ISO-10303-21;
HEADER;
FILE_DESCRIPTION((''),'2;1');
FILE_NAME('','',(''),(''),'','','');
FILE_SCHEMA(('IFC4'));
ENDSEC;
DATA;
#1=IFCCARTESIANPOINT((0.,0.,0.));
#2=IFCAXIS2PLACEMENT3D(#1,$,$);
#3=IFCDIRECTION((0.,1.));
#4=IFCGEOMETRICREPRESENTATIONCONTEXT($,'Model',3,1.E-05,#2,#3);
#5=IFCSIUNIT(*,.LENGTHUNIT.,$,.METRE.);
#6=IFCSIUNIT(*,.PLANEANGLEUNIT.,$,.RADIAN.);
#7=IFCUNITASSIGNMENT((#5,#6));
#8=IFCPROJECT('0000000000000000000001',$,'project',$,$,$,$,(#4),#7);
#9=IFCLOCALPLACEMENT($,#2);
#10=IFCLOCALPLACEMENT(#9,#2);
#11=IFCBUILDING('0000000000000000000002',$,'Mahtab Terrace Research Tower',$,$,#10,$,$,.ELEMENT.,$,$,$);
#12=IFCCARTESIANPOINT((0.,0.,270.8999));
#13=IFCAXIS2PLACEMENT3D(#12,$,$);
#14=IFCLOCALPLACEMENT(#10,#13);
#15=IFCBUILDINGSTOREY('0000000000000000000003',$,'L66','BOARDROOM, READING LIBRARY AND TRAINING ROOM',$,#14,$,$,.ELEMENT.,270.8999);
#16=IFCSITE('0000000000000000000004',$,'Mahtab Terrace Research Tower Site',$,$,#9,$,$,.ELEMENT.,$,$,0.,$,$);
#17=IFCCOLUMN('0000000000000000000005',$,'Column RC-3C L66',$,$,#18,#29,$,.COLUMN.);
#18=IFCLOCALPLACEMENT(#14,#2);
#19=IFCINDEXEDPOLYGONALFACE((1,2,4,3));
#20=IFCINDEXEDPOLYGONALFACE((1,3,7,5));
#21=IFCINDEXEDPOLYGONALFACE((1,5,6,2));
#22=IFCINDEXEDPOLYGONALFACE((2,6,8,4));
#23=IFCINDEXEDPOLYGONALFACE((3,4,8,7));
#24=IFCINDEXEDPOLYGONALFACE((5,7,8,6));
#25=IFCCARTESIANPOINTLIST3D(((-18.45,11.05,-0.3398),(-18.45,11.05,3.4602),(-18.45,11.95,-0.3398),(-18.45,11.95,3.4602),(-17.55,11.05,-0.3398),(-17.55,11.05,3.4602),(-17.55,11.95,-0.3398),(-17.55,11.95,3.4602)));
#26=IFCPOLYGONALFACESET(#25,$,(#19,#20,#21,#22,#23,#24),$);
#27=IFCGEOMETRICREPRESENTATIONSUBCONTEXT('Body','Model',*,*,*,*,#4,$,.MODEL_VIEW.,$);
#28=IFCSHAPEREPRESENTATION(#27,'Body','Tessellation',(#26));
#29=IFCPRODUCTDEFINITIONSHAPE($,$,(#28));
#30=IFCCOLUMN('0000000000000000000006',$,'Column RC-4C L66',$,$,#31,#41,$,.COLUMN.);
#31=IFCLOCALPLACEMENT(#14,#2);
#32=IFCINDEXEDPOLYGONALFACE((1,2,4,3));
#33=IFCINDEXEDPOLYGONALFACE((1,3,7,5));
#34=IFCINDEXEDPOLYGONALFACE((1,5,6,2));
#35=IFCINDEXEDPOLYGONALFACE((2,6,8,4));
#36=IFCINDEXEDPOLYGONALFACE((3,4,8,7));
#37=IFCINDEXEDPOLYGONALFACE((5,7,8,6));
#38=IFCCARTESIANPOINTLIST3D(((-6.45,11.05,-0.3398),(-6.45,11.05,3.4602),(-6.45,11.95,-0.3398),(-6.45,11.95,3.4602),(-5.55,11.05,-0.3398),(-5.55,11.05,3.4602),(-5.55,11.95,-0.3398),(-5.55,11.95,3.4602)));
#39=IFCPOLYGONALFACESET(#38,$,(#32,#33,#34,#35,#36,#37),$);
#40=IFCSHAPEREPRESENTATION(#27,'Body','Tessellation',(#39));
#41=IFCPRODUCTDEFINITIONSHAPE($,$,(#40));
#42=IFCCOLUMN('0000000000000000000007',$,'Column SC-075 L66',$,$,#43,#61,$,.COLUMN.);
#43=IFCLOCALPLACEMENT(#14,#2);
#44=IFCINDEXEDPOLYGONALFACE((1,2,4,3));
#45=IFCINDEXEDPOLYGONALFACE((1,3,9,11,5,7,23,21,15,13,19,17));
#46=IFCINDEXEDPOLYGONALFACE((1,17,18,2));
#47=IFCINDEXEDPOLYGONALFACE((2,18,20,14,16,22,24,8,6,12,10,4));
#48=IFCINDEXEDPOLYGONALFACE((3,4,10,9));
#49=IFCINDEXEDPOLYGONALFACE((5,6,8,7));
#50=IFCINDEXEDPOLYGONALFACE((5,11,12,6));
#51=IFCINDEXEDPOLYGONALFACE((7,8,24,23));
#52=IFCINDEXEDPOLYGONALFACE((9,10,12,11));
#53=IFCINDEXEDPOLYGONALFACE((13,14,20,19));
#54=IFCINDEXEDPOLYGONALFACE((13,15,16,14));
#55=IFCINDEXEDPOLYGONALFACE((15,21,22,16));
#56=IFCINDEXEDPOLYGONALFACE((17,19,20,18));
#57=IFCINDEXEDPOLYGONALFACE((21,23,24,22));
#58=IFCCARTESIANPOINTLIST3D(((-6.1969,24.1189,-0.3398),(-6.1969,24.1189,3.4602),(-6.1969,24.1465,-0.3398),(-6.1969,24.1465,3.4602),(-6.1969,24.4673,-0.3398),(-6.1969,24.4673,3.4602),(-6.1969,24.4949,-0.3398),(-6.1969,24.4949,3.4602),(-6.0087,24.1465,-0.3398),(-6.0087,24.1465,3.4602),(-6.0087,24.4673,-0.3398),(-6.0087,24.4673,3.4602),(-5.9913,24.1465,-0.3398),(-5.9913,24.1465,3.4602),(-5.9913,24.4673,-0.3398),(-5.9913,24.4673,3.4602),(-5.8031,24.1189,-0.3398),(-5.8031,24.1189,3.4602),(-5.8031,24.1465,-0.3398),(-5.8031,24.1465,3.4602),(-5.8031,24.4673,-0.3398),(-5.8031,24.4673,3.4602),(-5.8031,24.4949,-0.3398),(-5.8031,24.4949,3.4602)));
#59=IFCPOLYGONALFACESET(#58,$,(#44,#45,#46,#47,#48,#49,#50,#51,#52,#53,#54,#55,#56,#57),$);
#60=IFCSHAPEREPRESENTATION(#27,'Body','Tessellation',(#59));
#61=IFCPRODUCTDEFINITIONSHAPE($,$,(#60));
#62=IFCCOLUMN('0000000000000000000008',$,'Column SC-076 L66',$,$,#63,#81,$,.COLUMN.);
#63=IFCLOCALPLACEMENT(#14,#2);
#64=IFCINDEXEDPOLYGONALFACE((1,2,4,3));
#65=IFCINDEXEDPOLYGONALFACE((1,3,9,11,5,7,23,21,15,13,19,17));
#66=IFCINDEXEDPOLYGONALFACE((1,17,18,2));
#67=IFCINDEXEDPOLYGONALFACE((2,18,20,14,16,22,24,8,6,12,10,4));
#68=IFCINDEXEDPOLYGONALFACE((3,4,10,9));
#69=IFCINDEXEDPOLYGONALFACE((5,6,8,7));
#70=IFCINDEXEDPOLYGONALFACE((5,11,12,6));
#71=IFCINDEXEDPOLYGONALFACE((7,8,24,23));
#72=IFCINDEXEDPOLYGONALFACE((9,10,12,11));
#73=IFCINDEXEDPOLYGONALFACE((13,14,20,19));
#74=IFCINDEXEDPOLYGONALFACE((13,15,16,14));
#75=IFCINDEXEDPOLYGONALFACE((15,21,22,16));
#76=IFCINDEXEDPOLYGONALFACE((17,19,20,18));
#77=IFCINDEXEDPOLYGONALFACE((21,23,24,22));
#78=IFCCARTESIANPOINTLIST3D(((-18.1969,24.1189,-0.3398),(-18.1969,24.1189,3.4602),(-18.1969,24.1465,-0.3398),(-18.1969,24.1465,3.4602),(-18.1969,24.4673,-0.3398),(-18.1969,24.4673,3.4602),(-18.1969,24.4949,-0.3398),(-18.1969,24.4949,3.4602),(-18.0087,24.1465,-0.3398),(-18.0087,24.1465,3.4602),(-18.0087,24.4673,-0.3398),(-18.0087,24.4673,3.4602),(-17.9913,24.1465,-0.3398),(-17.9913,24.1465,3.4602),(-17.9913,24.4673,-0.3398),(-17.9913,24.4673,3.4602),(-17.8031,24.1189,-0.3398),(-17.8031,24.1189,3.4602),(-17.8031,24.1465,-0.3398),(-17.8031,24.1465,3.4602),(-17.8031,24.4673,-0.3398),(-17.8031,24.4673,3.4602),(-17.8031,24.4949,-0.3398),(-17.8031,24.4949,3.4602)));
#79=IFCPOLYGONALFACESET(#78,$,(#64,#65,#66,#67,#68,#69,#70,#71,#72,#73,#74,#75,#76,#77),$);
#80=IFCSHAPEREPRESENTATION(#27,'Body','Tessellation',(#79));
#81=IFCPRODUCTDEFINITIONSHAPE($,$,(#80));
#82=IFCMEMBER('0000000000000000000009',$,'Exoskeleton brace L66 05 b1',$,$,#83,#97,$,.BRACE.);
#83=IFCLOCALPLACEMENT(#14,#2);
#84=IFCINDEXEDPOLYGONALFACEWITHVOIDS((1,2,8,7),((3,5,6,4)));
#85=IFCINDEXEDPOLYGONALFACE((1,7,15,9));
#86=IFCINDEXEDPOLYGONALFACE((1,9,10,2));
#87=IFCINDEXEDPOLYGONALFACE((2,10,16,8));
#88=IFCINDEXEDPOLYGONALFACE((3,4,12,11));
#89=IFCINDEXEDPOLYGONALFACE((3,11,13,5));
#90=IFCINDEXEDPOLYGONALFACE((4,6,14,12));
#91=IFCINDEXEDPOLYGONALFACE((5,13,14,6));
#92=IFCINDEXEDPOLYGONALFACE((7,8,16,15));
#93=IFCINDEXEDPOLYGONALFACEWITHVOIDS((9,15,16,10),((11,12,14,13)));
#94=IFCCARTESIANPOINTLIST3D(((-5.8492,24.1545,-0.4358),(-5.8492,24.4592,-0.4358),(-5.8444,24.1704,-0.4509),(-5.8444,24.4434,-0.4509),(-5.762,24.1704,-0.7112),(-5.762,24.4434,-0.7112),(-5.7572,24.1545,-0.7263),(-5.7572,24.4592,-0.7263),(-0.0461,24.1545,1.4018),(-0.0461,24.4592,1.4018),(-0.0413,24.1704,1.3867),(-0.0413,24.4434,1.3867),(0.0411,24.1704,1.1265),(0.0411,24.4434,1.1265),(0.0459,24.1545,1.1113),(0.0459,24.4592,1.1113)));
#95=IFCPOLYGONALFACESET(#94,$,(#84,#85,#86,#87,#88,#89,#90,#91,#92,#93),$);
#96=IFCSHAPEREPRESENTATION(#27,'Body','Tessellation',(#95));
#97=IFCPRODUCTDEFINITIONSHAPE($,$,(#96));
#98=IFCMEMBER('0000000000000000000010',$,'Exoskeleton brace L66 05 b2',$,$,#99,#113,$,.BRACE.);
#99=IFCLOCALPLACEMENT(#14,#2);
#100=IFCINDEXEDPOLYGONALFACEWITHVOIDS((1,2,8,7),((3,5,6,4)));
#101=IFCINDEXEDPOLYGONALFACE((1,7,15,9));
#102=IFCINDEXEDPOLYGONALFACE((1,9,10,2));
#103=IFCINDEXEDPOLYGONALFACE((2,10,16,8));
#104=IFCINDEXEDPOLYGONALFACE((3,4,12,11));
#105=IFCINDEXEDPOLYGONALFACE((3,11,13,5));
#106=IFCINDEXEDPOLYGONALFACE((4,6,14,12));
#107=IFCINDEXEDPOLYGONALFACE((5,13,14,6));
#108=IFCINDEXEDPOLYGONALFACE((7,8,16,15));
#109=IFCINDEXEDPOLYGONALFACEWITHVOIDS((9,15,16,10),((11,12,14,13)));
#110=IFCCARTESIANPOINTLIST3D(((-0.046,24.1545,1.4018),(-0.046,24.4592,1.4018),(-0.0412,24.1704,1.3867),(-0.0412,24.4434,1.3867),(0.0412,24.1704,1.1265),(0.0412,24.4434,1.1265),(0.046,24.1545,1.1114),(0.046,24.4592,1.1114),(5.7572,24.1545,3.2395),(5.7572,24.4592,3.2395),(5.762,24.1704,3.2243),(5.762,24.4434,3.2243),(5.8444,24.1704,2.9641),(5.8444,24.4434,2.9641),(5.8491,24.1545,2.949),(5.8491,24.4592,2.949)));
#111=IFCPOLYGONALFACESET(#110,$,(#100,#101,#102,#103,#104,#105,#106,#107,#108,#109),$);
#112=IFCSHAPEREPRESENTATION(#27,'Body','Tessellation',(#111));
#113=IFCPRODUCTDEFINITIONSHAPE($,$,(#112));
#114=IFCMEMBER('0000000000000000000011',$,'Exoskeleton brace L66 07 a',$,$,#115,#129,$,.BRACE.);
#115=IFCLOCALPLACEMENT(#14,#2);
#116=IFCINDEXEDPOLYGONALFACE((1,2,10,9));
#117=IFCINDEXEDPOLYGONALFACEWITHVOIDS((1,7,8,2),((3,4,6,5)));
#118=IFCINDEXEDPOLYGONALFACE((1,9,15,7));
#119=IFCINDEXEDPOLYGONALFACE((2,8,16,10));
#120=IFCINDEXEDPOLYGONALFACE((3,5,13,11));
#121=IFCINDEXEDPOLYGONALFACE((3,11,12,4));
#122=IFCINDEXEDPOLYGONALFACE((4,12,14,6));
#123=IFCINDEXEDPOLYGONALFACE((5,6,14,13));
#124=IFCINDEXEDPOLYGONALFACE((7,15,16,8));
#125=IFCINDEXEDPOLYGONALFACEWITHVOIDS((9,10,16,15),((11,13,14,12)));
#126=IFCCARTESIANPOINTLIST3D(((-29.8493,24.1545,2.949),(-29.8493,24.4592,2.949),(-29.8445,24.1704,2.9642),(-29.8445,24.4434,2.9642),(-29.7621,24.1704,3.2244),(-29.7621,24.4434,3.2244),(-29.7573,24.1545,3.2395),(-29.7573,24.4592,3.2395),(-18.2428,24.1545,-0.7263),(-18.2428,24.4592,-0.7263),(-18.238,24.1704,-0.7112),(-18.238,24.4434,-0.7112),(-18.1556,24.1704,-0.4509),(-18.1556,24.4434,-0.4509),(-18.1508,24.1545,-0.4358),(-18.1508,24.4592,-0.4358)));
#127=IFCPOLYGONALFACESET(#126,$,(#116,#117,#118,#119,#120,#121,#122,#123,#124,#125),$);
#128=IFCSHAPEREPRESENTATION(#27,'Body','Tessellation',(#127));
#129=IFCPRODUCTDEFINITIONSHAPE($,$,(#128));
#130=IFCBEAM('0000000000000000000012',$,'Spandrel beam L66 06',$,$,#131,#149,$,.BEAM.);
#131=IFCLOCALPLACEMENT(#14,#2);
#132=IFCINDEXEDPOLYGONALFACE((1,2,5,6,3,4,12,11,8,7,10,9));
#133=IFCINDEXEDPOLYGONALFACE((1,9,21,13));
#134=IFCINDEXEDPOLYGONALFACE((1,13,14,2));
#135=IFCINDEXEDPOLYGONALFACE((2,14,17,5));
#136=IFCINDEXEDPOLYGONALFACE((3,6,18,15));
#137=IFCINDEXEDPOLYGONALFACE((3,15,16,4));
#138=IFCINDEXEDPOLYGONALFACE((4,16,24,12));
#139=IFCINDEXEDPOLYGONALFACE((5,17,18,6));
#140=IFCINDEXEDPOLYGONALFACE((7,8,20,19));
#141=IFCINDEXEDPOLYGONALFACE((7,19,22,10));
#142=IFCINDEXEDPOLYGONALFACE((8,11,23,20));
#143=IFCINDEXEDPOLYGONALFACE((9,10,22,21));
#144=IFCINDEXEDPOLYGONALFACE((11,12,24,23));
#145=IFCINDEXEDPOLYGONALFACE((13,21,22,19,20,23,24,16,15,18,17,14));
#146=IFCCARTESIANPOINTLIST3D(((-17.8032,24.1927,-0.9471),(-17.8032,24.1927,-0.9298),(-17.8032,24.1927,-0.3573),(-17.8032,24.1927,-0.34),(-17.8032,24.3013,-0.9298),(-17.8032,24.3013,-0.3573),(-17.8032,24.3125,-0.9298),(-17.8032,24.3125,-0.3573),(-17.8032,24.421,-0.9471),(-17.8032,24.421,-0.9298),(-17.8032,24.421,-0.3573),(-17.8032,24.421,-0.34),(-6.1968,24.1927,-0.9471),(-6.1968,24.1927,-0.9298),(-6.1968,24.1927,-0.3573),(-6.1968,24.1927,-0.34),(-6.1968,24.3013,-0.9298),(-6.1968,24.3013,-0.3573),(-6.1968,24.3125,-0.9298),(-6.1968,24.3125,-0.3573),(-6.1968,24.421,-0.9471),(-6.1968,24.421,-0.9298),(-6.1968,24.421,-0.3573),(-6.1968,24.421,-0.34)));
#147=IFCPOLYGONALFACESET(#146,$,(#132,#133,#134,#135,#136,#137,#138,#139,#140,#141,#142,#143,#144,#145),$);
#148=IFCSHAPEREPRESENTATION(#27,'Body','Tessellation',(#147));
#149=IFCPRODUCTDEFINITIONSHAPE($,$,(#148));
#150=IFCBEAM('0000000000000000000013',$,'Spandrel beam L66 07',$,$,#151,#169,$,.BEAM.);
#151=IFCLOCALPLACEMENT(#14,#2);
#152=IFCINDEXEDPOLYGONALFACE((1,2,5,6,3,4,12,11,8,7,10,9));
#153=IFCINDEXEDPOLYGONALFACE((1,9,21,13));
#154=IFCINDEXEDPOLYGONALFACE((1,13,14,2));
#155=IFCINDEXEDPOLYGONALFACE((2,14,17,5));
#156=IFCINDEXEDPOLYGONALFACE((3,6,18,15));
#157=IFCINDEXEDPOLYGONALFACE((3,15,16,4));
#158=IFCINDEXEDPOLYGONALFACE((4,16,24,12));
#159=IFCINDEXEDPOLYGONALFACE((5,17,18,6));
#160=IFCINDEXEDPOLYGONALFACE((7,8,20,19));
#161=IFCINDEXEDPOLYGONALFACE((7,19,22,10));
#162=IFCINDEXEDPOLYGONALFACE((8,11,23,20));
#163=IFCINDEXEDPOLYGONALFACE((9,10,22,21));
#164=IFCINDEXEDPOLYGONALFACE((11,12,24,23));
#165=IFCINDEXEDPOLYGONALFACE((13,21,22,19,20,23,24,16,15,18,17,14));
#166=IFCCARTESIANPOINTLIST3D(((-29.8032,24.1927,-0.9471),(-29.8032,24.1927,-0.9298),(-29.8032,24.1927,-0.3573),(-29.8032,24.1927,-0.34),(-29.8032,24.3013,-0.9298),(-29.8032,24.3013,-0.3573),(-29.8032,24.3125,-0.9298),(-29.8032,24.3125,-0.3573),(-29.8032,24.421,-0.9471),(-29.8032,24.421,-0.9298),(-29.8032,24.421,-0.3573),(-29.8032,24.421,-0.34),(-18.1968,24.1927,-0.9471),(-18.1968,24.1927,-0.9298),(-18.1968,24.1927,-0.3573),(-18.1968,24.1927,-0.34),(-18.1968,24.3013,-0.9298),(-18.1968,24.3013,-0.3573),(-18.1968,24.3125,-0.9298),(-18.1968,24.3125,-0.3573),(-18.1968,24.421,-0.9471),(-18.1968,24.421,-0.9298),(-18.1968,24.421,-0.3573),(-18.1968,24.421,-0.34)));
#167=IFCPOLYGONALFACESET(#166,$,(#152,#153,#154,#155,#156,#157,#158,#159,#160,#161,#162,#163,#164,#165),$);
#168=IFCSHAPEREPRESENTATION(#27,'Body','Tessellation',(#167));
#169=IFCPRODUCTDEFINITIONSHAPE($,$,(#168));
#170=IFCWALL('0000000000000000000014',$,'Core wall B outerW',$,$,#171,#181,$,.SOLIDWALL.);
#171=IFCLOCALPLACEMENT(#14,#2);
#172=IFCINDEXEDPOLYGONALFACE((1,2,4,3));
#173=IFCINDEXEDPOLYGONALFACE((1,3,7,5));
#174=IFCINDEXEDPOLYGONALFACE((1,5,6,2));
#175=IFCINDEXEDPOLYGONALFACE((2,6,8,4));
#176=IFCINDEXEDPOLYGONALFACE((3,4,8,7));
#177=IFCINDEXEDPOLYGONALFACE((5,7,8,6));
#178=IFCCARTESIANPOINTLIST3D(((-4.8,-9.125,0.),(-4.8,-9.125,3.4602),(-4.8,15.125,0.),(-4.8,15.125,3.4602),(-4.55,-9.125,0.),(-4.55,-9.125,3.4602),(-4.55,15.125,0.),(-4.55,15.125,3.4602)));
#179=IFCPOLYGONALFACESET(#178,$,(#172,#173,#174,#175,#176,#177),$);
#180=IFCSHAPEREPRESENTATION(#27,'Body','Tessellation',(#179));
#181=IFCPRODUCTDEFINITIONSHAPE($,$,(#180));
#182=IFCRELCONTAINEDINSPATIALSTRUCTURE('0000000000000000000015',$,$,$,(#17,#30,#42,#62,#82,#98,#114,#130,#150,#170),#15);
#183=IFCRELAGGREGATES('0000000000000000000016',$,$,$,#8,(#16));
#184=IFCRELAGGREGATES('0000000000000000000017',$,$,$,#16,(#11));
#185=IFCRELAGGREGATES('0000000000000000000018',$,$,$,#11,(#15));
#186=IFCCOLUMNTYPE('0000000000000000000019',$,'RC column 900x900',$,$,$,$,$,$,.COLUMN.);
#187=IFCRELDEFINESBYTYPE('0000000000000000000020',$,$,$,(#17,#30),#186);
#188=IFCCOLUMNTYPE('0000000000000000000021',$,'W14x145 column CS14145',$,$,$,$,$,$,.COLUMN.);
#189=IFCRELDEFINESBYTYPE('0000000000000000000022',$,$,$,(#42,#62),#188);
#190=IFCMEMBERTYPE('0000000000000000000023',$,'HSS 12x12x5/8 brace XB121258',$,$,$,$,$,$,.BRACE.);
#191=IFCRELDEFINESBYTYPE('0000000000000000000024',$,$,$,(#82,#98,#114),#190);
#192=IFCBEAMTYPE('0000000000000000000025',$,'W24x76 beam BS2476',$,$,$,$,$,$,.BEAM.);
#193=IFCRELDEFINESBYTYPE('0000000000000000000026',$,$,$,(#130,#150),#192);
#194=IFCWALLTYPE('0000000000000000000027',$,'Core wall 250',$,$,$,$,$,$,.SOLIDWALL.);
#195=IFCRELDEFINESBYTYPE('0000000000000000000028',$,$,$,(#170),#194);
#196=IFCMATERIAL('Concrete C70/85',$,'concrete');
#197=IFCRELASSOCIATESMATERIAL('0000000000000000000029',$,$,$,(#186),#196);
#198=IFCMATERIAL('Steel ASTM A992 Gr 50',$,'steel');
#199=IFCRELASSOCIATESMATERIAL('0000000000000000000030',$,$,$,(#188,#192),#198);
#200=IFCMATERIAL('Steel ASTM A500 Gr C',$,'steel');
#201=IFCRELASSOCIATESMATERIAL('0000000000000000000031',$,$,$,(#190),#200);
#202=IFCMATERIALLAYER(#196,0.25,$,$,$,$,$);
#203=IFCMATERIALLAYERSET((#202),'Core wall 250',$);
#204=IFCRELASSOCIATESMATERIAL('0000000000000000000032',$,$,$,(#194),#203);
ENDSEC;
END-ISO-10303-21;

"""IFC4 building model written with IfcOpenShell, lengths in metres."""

from ifc_helpers import new_model, si_unit, direction, frame, frame_2d, origin, origin_2d, place, context, subcontext, project, spatial, rectangle, hollow_rectangle, i_section, extrude, material, layer, layer_set, material_profile, profile_set, type_object, element, save


model = new_model("IFC4")

# Units and contexts
model_context = context("Model", 3, precision=1e-05, world=origin(), true_north=direction((0.0, 1.0)))
body_context = subcontext(model_context, "Body", "Model", "MODEL_VIEW")
ifc_project = project(units=[si_unit("LENGTHUNIT", "METRE"), si_unit("PLANEANGLEUNIT", "RADIAN")], contexts=[model_context])

# Site, building, storey
site_placement = place(None, origin())
site = spatial("IfcSite", under=ifc_project, at=site_placement, Name="Mahtab Terrace Research Tower Site", CompositionType="ELEMENT", RefElevation=0.0)
building_placement = place(site_placement, origin())
building = spatial("IfcBuilding", under=site, at=building_placement, Name="Mahtab Terrace Research Tower", CompositionType="ELEMENT")
storey_placement = place(building_placement, frame((0.0, 0.0, 270.8999)))
storey = spatial("IfcBuildingStorey", under=building, at=storey_placement, Name="L66", Description="BOARDROOM, READING LIBRARY AND TRAINING ROOM", CompositionType="ELEMENT", Elevation=270.8999)

# Columns
ifc_material_1 = material(Name="Concrete C70/85", Category="concrete")
ifc_material_profile_1 = material_profile(ifc_material_1, rectangle(XDim=0.8999, YDim=0.8999, at=origin_2d()), Name="RC column 900x900")
ifc_profile_set_1 = profile_set([ifc_material_profile_1], Name="Concrete C70/85")
column_type_1 = type_object("IfcColumnType", Name="RC column 900x900", PredefinedType="COLUMN", material=ifc_profile_set_1)
for number, where, z_axis, x_axis, name in (
    (1, (-18.0, 11.5, -0.3398), (0.0, 0.0, 1.0), (1.0, 0.0, 0.0), "Column RC-3C L66"),
    (2, (-6.0, 11.5, -0.3398), (0.0, 0.0, 1.0), (1.0, 0.0, 0.0), "Column RC-4C L66"),
):
    element("IfcColumn", number, at=place(storey_placement, frame(where, z_axis=z_axis, x_axis=x_axis)), inside=storey, type_object=column_type_1, Name=name, PredefinedType="COLUMN", context=body_context, shape_type="SweptSolid", body=[
        extrude(rectangle(XDim=0.8999, YDim=0.8999, at=origin_2d()), origin(), (0.0, 0.0, 1.0), 3.8),
    ])
ifc_material_2 = material(Name="Steel ASTM A992 Gr 50", Category="steel")
ifc_material_profile_2 = material_profile(ifc_material_2, i_section(OverallWidth=0.3938, OverallDepth=0.376, WebThickness=0.0173, FlangeThickness=0.0276, at=origin_2d()), Name="W14X145")
ifc_profile_set_2 = profile_set([ifc_material_profile_2], Name="Steel ASTM A992 Gr 50")
column_type_2 = type_object("IfcColumnType", Name="W14x145 column CS14145", PredefinedType="COLUMN", material=ifc_profile_set_2)
for number, where, z_axis, x_axis, name in (
    (3, (-6.0, 24.3069, -0.3398), (0.0, 0.0, 1.0), (1.0, 0.0, 0.0), "Column SC-075 L66"),
    (4, (-18.0, 24.3069, -0.3398), (0.0, 0.0, 1.0), (1.0, 0.0, 0.0), "Column SC-076 L66"),
):
    element("IfcColumn", number, at=place(storey_placement, frame(where, z_axis=z_axis, x_axis=x_axis)), inside=storey, type_object=column_type_2, Name=name, PredefinedType="COLUMN", context=body_context, shape_type="SweptSolid", body=[
        extrude(i_section(OverallWidth=0.3938, OverallDepth=0.376, WebThickness=0.0173, FlangeThickness=0.0276, at=origin_2d()), origin(), (0.0, 0.0, 1.0), 3.8),
    ])

# Members
ifc_material_3 = material(Name="Steel ASTM A500 Gr C", Category="steel")
ifc_material_profile_3 = material_profile(ifc_material_3, hollow_rectangle(XDim=0.3047, YDim=0.3047, WallThickness=0.0159, at=origin_2d()), Name="HSS12X12X5/8")
ifc_profile_set_3 = profile_set([ifc_material_profile_3], Name="Steel ASTM A500 Gr C")
member_type = type_object("IfcMemberType", Name="HSS 12x12x5/8 brace XB121258", PredefinedType="BRACE", material=ifc_profile_set_3)
for number, where, z_axis, x_axis, name in (
    (5, (-5.8032, 24.3069, -0.5811), (0.953344, 0.0, 0.301886), (0.0, 1.0, 0.0), "Exoskeleton brace L66 05 b1"),
    (6, (0.0, 24.3069, 1.2566), (0.953344, 0.0, 0.301886), (0.0, 1.0, 0.0), "Exoskeleton brace L66 05 b2"),
):
    element("IfcMember", number, at=place(storey_placement, frame(where, z_axis=z_axis, x_axis=x_axis)), inside=storey, type_object=member_type, Name=name, PredefinedType="BRACE", context=body_context, shape_type="SweptSolid", body=[
        extrude(hollow_rectangle(XDim=0.3047, YDim=0.3047, WallThickness=0.0159, at=origin_2d()), origin(), (0.0, 0.0, 1.0), 6.0872),
    ])
member_placement = place(storey_placement, frame((-18.1968, 24.3069, -0.5811), z_axis=(-0.953344, 0.0, 0.301886), x_axis=(0.0, -1.0, 0.0)))
element("IfcMember", 7, at=member_placement, inside=storey, type_object=member_type, Name="Exoskeleton brace L66 07 a", PredefinedType="BRACE", context=body_context, shape_type="SweptSolid", body=[
    extrude(hollow_rectangle(XDim=0.3047, YDim=0.3047, WallThickness=0.0159, at=origin_2d()), origin(), (0.0, 0.0, 1.0), 12.1746),
])

# Beams
ifc_material_profile_4 = material_profile(ifc_material_2, i_section(OverallWidth=0.2283, OverallDepth=0.6072, WebThickness=0.0112, FlangeThickness=0.0173, at=origin_2d()), Name="W24X76")
ifc_profile_set_4 = profile_set([ifc_material_profile_4], Name="Steel ASTM A992 Gr 50")
beam_type = type_object("IfcBeamType", Name="W24x76 beam BS2476", PredefinedType="BEAM", material=ifc_profile_set_4)
for number, where, z_axis, x_axis, name in (
    (8, (-6.1968, 24.3069, -0.6436), (-1.0, 0.0, 0.0), (0.0, -1.0, 0.0), "Spandrel beam L66 06"),
    (9, (-18.1968, 24.3069, -0.6436), (-1.0, 0.0, 0.0), (0.0, -1.0, 0.0), "Spandrel beam L66 07"),
):
    element("IfcBeam", number, at=place(storey_placement, frame(where, z_axis=z_axis, x_axis=x_axis)), inside=storey, type_object=beam_type, Name=name, PredefinedType="BEAM", context=body_context, shape_type="SweptSolid", body=[
        extrude(i_section(OverallWidth=0.2283, OverallDepth=0.6072, WebThickness=0.0112, FlangeThickness=0.0173, at=origin_2d()), origin(), (0.0, 0.0, 1.0), 11.6064),
    ])

# Wall
ifc_layer_1 = layer(ifc_material_1, 0.25)
ifc_layer_set_1 = layer_set([ifc_layer_1], Name="Core wall 250")
wall_type_1 = type_object("IfcWallType", Name="Core wall 250", PredefinedType="SOLIDWALL", material=ifc_layer_set_1)
wall_1_placement = place(storey_placement, frame((-4.675, 15.125, 0.0), z_axis=(0.0, 0.0, 1.0), x_axis=(0.0, -1.0, 0.0)))
element("IfcWall", 10, at=wall_1_placement, inside=storey, type_object=wall_type_1, Name="Core wall B outerW", PredefinedType="SOLIDWALL", context=body_context, shape_type="SweptSolid", body=[
    extrude(rectangle(XDim=24.25, YDim=0.25, at=frame_2d((12.125, 0.0))), origin(), (0.0, 0.0, 1.0), 3.4602),
])

save(model, "model.ifc")
